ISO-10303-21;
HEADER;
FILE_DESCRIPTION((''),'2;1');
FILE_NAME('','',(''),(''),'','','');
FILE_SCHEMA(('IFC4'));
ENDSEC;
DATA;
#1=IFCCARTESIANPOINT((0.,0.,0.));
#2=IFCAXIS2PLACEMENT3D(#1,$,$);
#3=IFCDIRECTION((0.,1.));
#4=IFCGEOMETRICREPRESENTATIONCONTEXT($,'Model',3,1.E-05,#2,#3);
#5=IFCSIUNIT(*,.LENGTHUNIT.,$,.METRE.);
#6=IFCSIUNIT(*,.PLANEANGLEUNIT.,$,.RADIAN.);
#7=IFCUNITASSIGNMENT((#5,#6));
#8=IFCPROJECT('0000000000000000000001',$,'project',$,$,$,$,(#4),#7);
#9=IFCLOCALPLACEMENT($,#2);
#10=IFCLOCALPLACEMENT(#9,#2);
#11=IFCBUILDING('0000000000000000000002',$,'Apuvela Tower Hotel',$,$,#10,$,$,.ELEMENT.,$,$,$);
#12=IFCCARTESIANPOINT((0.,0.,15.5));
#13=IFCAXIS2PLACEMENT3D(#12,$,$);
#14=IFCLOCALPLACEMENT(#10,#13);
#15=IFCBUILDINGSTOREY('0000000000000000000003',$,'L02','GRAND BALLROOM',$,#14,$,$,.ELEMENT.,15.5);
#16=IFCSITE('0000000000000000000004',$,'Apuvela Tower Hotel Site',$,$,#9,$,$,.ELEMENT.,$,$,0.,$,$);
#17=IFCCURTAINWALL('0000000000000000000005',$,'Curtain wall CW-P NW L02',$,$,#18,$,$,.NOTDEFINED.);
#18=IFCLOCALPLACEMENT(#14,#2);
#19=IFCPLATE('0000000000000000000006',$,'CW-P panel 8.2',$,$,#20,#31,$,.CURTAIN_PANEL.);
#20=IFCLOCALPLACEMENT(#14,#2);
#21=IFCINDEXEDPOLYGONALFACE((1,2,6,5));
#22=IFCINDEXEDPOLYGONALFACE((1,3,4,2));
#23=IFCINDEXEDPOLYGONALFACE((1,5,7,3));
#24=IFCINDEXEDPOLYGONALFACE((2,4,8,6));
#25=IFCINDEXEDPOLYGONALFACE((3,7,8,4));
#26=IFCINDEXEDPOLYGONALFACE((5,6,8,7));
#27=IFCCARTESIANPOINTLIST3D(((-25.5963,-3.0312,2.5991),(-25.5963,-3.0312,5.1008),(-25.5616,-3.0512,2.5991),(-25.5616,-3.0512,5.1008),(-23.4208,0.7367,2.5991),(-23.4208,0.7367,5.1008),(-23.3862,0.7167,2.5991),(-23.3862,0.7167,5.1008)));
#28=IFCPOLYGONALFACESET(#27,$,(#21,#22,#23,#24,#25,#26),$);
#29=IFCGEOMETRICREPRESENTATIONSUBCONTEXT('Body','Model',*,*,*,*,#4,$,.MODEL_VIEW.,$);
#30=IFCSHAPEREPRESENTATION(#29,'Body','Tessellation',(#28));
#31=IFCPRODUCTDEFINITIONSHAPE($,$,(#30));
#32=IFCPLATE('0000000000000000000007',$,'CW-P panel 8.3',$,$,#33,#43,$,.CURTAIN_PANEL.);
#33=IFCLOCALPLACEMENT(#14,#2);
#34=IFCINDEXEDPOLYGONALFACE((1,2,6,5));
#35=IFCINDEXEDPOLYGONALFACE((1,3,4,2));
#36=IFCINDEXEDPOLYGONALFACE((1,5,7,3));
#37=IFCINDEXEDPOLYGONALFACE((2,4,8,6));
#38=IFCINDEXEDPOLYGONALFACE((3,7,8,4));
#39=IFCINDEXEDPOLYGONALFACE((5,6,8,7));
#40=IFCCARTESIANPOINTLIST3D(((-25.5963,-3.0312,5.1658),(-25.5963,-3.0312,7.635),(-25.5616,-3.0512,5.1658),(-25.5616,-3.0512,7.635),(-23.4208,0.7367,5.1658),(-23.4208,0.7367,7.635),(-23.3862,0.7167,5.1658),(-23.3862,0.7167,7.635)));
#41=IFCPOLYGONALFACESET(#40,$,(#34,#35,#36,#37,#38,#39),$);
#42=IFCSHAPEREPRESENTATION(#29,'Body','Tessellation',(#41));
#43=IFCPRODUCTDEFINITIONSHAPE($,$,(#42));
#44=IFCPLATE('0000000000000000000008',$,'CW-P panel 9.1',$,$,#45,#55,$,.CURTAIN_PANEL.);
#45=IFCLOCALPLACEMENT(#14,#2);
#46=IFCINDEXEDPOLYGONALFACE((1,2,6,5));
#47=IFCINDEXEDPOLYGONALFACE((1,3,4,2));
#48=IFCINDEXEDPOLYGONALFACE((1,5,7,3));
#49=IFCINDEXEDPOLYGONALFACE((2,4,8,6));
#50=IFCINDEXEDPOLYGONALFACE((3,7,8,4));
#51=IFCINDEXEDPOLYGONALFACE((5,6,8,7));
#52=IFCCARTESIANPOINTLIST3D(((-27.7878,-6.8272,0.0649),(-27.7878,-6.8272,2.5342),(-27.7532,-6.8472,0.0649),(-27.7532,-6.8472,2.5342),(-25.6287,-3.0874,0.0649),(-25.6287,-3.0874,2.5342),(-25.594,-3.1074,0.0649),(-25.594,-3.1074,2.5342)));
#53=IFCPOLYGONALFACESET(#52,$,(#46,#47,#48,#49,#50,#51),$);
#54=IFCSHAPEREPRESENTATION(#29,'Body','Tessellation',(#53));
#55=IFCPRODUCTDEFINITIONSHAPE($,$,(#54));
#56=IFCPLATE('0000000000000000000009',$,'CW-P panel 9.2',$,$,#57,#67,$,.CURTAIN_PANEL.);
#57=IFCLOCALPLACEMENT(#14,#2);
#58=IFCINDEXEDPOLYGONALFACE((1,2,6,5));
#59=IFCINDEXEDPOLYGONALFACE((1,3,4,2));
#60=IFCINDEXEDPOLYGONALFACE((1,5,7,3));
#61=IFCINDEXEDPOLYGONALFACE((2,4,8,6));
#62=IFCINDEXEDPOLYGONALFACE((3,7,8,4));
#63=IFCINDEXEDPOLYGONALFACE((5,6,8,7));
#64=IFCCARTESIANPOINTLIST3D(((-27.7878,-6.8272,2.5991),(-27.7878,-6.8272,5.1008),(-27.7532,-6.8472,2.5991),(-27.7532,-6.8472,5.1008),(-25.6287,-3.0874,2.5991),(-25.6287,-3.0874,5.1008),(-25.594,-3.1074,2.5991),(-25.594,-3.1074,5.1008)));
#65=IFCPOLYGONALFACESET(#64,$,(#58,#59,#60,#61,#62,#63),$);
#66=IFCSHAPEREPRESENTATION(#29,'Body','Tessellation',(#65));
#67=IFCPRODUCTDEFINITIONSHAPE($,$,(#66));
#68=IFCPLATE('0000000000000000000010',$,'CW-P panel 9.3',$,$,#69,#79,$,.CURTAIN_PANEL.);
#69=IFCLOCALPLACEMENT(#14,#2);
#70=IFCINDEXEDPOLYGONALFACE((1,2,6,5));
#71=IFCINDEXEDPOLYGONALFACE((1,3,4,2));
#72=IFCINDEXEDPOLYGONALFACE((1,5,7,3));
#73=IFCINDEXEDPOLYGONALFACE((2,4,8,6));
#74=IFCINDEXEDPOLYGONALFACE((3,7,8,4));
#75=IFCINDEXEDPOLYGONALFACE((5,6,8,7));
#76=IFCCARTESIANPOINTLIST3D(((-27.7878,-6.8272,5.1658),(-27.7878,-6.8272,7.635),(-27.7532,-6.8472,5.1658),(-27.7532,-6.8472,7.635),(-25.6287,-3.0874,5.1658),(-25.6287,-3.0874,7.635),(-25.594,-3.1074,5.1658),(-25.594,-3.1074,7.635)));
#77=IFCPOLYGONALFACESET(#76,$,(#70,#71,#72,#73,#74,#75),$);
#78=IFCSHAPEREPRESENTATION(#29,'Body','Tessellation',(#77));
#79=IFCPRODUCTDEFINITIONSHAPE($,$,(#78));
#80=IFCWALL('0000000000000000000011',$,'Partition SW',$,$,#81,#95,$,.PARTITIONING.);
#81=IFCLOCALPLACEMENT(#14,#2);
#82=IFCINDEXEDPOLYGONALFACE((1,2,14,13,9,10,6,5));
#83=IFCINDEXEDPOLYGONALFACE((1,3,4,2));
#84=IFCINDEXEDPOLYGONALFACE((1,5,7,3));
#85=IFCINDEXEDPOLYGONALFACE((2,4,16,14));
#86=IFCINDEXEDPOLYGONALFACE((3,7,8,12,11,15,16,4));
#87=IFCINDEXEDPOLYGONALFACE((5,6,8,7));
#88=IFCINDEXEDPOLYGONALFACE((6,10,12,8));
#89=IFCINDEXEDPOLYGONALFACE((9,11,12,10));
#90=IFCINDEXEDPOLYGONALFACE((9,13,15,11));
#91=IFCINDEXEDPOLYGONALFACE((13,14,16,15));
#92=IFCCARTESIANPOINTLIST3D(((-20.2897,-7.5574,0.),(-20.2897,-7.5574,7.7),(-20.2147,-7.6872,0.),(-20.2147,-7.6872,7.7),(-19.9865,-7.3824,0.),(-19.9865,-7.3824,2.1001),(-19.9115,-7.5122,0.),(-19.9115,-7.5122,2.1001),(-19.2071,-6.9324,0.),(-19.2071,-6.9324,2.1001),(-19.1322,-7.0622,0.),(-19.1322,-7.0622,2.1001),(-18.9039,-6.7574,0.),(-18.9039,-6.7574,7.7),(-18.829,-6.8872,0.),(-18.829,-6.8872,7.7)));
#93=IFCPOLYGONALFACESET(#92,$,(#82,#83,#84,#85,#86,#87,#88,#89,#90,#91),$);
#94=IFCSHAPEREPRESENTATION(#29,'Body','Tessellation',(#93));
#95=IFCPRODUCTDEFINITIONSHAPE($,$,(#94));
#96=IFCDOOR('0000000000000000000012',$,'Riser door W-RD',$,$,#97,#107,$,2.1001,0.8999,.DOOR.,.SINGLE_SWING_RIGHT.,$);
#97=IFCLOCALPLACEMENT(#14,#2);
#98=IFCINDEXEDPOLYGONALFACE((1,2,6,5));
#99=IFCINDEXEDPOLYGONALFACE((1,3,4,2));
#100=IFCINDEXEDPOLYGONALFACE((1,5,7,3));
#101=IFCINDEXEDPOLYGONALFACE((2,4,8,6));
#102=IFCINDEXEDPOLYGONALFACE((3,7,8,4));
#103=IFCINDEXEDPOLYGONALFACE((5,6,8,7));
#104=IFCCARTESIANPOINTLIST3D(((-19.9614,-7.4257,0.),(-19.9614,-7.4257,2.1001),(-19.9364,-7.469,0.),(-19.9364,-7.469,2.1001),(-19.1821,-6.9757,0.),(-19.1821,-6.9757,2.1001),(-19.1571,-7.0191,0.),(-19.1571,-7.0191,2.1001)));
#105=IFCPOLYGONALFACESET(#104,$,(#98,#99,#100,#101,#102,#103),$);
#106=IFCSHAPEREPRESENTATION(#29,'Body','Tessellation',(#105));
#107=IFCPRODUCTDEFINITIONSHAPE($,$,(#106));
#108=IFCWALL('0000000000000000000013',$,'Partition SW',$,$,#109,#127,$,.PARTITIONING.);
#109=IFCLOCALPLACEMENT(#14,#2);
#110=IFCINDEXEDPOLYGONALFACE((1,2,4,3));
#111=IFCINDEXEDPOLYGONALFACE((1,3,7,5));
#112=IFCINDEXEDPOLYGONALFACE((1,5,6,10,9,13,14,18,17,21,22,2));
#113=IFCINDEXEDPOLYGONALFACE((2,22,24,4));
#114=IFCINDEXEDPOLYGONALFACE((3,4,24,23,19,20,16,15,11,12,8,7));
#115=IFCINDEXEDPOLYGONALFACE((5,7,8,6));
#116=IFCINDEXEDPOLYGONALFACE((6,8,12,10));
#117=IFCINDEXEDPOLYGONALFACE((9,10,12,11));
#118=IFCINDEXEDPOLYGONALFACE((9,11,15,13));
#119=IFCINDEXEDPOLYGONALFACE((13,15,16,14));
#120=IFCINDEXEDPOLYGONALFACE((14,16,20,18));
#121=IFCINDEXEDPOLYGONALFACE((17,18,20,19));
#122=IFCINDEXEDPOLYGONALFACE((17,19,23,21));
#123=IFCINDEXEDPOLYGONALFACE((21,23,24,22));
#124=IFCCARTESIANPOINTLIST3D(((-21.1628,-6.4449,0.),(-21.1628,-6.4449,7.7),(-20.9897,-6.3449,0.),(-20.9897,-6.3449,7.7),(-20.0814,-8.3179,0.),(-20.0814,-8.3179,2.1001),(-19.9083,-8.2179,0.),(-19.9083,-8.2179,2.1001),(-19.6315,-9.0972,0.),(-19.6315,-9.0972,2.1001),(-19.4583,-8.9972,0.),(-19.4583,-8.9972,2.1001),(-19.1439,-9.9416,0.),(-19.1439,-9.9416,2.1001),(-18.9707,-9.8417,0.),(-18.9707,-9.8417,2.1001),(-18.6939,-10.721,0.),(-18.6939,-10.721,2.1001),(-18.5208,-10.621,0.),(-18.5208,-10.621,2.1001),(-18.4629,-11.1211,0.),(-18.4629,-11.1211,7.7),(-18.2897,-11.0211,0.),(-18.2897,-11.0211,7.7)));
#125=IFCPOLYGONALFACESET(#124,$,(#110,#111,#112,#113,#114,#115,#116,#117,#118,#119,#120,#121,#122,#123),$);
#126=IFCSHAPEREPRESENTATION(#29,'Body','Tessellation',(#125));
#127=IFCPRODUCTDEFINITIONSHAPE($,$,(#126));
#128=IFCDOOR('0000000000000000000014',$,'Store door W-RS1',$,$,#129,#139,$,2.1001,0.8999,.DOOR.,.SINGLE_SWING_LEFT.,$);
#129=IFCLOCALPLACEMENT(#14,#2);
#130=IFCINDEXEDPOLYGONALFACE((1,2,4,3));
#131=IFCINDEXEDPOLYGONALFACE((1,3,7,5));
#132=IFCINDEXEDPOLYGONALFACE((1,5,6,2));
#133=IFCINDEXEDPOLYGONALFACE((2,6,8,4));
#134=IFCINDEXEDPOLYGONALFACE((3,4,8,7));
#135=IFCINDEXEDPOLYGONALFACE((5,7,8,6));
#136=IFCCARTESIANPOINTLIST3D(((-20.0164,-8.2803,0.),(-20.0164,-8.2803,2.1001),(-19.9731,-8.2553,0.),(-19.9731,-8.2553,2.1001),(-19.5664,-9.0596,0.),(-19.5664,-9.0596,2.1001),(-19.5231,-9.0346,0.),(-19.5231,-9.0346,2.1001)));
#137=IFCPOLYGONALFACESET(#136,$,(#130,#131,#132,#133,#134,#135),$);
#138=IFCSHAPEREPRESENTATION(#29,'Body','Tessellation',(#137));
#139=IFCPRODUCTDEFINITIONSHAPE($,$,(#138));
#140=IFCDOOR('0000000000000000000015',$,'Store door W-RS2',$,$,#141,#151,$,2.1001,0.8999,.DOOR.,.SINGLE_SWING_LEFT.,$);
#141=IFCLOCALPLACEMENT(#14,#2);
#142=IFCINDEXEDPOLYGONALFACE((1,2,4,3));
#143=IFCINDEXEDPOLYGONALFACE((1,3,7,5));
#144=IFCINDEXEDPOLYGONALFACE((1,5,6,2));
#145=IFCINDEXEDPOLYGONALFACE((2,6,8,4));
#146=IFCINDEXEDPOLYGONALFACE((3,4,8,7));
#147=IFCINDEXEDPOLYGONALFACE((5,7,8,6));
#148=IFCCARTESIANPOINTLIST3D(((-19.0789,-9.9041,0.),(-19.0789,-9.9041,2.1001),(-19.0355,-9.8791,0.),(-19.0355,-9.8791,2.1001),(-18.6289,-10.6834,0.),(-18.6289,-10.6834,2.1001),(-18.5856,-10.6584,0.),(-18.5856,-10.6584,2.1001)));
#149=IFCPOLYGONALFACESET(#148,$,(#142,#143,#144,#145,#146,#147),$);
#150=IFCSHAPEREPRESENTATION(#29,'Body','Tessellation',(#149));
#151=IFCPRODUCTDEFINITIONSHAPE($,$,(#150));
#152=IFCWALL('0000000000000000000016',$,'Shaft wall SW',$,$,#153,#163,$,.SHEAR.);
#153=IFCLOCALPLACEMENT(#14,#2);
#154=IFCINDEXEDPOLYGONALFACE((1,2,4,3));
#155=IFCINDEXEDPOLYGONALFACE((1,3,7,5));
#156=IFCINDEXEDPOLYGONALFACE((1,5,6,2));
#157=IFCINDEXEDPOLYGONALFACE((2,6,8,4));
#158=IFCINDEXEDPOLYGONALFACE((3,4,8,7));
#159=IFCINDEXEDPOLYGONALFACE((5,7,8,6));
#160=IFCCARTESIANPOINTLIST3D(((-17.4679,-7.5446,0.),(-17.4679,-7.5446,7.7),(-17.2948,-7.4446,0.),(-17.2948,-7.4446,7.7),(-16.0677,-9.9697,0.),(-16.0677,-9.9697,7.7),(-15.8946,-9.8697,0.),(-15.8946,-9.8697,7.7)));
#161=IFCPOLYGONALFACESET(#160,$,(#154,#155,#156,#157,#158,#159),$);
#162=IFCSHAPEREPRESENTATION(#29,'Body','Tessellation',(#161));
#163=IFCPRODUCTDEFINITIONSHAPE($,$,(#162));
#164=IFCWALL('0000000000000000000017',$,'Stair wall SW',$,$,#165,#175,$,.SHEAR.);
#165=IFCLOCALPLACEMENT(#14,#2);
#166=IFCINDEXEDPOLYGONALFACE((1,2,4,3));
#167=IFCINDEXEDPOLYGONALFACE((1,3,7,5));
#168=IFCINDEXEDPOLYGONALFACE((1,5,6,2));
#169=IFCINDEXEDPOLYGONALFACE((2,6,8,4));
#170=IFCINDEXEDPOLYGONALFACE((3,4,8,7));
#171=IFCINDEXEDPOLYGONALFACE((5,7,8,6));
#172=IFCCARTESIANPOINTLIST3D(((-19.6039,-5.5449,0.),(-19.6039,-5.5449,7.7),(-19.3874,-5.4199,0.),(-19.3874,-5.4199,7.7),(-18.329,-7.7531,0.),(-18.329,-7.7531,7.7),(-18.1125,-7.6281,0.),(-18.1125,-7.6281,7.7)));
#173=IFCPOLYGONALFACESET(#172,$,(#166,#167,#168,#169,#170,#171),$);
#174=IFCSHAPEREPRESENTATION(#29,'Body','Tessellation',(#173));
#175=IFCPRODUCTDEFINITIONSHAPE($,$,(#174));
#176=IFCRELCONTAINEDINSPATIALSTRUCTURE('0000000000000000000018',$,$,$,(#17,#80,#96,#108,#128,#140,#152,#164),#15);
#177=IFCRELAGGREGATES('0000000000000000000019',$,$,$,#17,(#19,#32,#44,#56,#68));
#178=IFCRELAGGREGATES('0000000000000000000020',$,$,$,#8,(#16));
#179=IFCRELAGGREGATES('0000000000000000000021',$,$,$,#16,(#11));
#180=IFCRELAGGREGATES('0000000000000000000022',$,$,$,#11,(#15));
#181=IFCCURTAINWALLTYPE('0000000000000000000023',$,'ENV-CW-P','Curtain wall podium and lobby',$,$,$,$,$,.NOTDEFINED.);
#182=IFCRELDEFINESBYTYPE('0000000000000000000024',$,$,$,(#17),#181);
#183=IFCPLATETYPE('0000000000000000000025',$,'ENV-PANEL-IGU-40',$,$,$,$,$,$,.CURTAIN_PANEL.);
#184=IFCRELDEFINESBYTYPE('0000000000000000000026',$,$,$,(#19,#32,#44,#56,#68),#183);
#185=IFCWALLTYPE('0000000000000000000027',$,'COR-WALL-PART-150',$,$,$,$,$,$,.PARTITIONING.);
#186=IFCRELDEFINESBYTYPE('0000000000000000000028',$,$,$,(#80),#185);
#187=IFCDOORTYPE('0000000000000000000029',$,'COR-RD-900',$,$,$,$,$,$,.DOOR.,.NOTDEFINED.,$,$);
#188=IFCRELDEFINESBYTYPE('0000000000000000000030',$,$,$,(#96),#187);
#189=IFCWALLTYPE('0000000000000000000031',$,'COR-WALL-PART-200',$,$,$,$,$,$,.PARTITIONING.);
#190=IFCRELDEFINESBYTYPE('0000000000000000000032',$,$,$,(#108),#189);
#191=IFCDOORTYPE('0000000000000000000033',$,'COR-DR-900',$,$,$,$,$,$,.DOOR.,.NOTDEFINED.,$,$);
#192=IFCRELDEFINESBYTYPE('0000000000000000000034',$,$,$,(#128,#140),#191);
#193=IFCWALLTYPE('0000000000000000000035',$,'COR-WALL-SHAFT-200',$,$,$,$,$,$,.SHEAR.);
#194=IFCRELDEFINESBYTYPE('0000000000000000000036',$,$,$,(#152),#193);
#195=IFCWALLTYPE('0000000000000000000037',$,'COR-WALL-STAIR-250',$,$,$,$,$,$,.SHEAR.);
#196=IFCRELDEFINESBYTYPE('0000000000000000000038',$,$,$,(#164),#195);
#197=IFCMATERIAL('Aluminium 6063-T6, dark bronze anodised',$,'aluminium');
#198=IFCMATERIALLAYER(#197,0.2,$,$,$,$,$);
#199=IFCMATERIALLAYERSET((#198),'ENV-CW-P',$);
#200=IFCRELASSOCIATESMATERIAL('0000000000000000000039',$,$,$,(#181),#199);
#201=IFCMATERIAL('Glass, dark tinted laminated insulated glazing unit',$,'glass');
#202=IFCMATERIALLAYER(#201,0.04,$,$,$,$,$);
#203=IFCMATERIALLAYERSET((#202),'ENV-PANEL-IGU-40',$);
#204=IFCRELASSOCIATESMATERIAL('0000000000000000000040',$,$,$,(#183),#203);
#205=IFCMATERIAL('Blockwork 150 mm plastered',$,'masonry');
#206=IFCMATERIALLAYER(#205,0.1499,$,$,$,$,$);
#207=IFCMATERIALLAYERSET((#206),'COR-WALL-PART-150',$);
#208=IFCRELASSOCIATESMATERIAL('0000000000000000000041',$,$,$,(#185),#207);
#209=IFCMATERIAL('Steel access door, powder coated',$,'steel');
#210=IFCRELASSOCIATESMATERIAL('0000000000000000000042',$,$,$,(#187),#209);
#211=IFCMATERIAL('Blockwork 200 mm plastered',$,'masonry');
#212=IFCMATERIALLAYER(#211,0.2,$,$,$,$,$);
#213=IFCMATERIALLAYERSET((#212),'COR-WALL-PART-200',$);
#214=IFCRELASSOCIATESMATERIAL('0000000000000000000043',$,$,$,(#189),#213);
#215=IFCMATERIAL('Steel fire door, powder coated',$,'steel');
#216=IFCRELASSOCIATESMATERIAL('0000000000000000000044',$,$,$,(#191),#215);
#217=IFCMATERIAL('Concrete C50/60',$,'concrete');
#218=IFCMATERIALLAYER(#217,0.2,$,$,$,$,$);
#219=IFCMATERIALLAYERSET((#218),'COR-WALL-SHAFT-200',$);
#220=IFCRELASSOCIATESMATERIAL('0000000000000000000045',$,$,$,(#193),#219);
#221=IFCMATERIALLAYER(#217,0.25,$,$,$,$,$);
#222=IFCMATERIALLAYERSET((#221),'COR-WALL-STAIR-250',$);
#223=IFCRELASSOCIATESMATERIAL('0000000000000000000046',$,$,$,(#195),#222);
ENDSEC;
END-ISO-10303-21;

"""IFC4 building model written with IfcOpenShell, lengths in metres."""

from ifc_helpers import new_model, si_unit, direction, frame, frame_2d, origin, origin_2d, place, context, subcontext, project, spatial, rectangle, extrude, material, layer, layer_set, type_object, element, fill, aggregate, save


model = new_model("IFC4")

# Units and contexts
model_context = context("Model", 3, precision=1e-05, world=origin(), true_north=direction((0.0, 1.0)))
body_context = subcontext(model_context, "Body", "Model", "MODEL_VIEW")
ifc_project = project(units=[si_unit("LENGTHUNIT", "METRE"), si_unit("PLANEANGLEUNIT", "RADIAN")], contexts=[model_context])

# Site, building, storey
site_placement = place(None, origin())
site = spatial("IfcSite", under=ifc_project, at=site_placement, Name="Apuvela Tower Hotel Site", CompositionType="ELEMENT", RefElevation=0.0)
building_placement = place(site_placement, origin())
building = spatial("IfcBuilding", under=site, at=building_placement, Name="Apuvela Tower Hotel", CompositionType="ELEMENT")
storey_placement = place(building_placement, frame((0.0, 0.0, 15.5)))
storey = spatial("IfcBuildingStorey", under=building, at=storey_placement, Name="L02", Description="GRAND BALLROOM", CompositionType="ELEMENT", Elevation=15.5)

# Curtain wall
ifc_material_1 = material(Name="Aluminium 6063-T6, dark bronze anodised", Category="aluminium")
ifc_layer_1 = layer(ifc_material_1, 0.2)
ifc_layer_set_1 = layer_set([ifc_layer_1], Name="ENV-CW-P")
curtain_wall_type = type_object("IfcCurtainWallType", Name="ENV-CW-P", Description="Curtain wall podium and lobby", PredefinedType="NOTDEFINED", material=ifc_layer_set_1)
curtain_wall_placement = place(storey_placement, origin())
curtain_wall = element("IfcCurtainWall", 1, at=curtain_wall_placement, inside=storey, type_object=curtain_wall_type, Name="Curtain wall CW-P NW L02", PredefinedType="NOTDEFINED")

# Plates
ifc_material_2 = material(Name="Glass, dark tinted laminated insulated glazing unit", Category="glass")
ifc_layer_2 = layer(ifc_material_2, 0.04)
ifc_layer_set_2 = layer_set([ifc_layer_2], Name="ENV-PANEL-IGU-40")
plate_type = type_object("IfcPlateType", Name="ENV-PANEL-IGU-40", PredefinedType="CURTAIN_PANEL", material=ifc_layer_set_2)
plate_1_placement = place(storey_placement, frame((-24.4912, -1.1572, 2.5991), z_axis=(0.0, 0.0, 1.0), x_axis=(-0.500001, -0.866025, 0.0)))
plate_1 = element("IfcPlate", 2, at=plate_1_placement, type_object=plate_type, Name="CW-P panel 8.2", PredefinedType="CURTAIN_PANEL", context=body_context, shape_type="SweptSolid", body=[
    extrude(rectangle(XDim=4.3508, YDim=0.04, at=origin_2d()), origin(), (0.0, 0.0, 1.0), 2.5017),
])
plate_2_placement = place(storey_placement, frame((-24.4912, -1.1572, 5.1658), z_axis=(0.0, 0.0, 1.0), x_axis=(-0.500001, -0.866025, 0.0)))
plate_2 = element("IfcPlate", 3, at=plate_2_placement, type_object=plate_type, Name="CW-P panel 8.3", PredefinedType="CURTAIN_PANEL", context=body_context, shape_type="SweptSolid", body=[
    extrude(rectangle(XDim=4.3508, YDim=0.04, at=origin_2d()), origin(), (0.0, 0.0, 1.0), 2.4692),
])
plate_3_placement = place(storey_placement, frame((-26.6909, -4.9673, 0.0649), z_axis=(0.0, 0.0, 1.0), x_axis=(-0.500001, -0.866025, 0.0)))
plate_3 = element("IfcPlate", 4, at=plate_3_placement, type_object=plate_type, Name="CW-P panel 9.1", PredefinedType="CURTAIN_PANEL", context=body_context, shape_type="SweptSolid", body=[
    extrude(rectangle(XDim=4.3184, YDim=0.04, at=origin_2d()), origin(), (0.0, 0.0, 1.0), 2.4692),
])
plate_4_placement = place(storey_placement, frame((-26.6909, -4.9673, 2.5991), z_axis=(0.0, 0.0, 1.0), x_axis=(-0.500001, -0.866025, 0.0)))
plate_4 = element("IfcPlate", 5, at=plate_4_placement, type_object=plate_type, Name="CW-P panel 9.2", PredefinedType="CURTAIN_PANEL", context=body_context, shape_type="SweptSolid", body=[
    extrude(rectangle(XDim=4.3184, YDim=0.04, at=origin_2d()), origin(), (0.0, 0.0, 1.0), 2.5017),
])
plate_5_placement = place(storey_placement, frame((-26.6909, -4.9673, 5.1658), z_axis=(0.0, 0.0, 1.0), x_axis=(-0.500001, -0.866025, 0.0)))
plate_5 = element("IfcPlate", 6, at=plate_5_placement, type_object=plate_type, Name="CW-P panel 9.3", PredefinedType="CURTAIN_PANEL", context=body_context, shape_type="SweptSolid", body=[
    extrude(rectangle(XDim=4.3184, YDim=0.04, at=origin_2d()), origin(), (0.0, 0.0, 1.0), 2.4692),
])
aggregate(curtain_wall, [plate_1, plate_2, plate_3, plate_4, plate_5])

# Wall, opening, door
ifc_material_3 = material(Name="Blockwork 150 mm plastered", Category="masonry")
ifc_layer_3 = layer(ifc_material_3, 0.1499)
ifc_layer_set_3 = layer_set([ifc_layer_3], Name="COR-WALL-PART-150")
wall_type_1 = type_object("IfcWallType", Name="COR-WALL-PART-150", PredefinedType="PARTITIONING", material=ifc_layer_set_3)
wall_1_placement = place(storey_placement, frame((-18.8665, -6.8223, 0.0), z_axis=(0.0, 0.0, 1.0), x_axis=(-0.866028, -0.499995, 0.0)))
wall_1 = element("IfcWall", 7, at=wall_1_placement, inside=storey, type_object=wall_type_1, Name="Partition SW", PredefinedType="PARTITIONING", context=body_context, shape_type="SweptSolid", body=[
    extrude(rectangle(XDim=1.6001, YDim=0.1499, at=frame_2d((0.8, 0.0))), origin(), (0.0, 0.0, 1.0), 7.7),
])
opening_1_placement = place(wall_1_placement, frame((0.3501, 0.0, 0.0)))
opening_1 = element("IfcOpeningElement", 8, at=opening_1_placement, cuts=wall_1, PredefinedType="OPENING", context=body_context, shape_type="SweptSolid", body=[
    extrude(rectangle(XDim=0.8999, YDim=2.1001, at=frame_2d((0.45, 1.05))), frame((0.0, 0.085, 0.0), z_axis=(0.0, -1.0, 0.0), x_axis=(1.0, 0.0, 0.0)), (0.0, 0.0, 1.0), 0.1699),
])
ifc_material_4 = material(Name="Steel access door, powder coated", Category="steel")
door_type_1 = type_object("IfcDoorType", Name="COR-RD-900", OperationType="NOTDEFINED", PredefinedType="DOOR", material=ifc_material_4)
door_1_placement = place(opening_1_placement, frame((0.8999, 0.0, 0.0), z_axis=(0.0, 0.0, 1.0), x_axis=(-1.0, 0.0, 0.0)))
door_1 = element("IfcDoor", 9, at=door_1_placement, inside=storey, type_object=door_type_1, Name="Riser door W-RD", OperationType="SINGLE_SWING_RIGHT", OverallHeight=2.1001, OverallWidth=0.8999, PredefinedType="DOOR", context=body_context, shape_type="SweptSolid", body=[
    extrude(rectangle(XDim=0.8999, YDim=2.1001, at=frame_2d((0.45, 1.05))), frame((0.0, 0.0249, 0.0), z_axis=(0.0, -1.0, 0.0), x_axis=(1.0, 0.0, 0.0)), (0.0, 0.0, 1.0), 0.05),
])
fill(opening_1, door_1)

# Wall, openings, doors
ifc_material_5 = material(Name="Blockwork 200 mm plastered", Category="masonry")
ifc_layer_4 = layer(ifc_material_5, 0.2)
ifc_layer_set_4 = layer_set([ifc_layer_4], Name="COR-WALL-PART-200")
wall_type_2 = type_object("IfcWallType", Name="COR-WALL-PART-200", PredefinedType="PARTITIONING", material=ifc_layer_set_4)
wall_2_placement = place(storey_placement, frame((-21.0762, -6.395, 0.0), z_axis=(0.0, 0.0, 1.0), x_axis=(0.500015, -0.866017, 0.0)))
wall_2 = element("IfcWall", 10, at=wall_2_placement, inside=storey, type_object=wall_type_2, Name="Partition SW", PredefinedType="PARTITIONING", context=body_context, shape_type="SweptSolid", body=[
    extrude(rectangle(XDim=5.3997, YDim=0.2, at=frame_2d((2.6997, 0.0))), origin(), (0.0, 0.0, 1.0), 7.7),
])
opening_2_placement = place(wall_2_placement, frame((2.1626, 0.0, 0.0)))
opening_2 = element("IfcOpeningElement", 11, at=opening_2_placement, cuts=wall_2, PredefinedType="OPENING", context=body_context, shape_type="SweptSolid", body=[
    extrude(rectangle(XDim=0.8999, YDim=2.1001, at=frame_2d((0.45, 1.05))), frame((0.0, 0.1099, 0.0), z_axis=(0.0, -1.0, 0.0), x_axis=(1.0, 0.0, 0.0)), (0.0, 0.0, 1.0), 0.22),
])
opening_3_placement = place(wall_2_placement, frame((4.0376, 0.0, 0.0)))
opening_3 = element("IfcOpeningElement", 12, at=opening_3_placement, cuts=wall_2, PredefinedType="OPENING", context=body_context, shape_type="SweptSolid", body=[
    extrude(rectangle(XDim=0.8999, YDim=2.1001, at=frame_2d((0.45, 1.05))), frame((0.0, 0.1099, 0.0), z_axis=(0.0, -1.0, 0.0), x_axis=(1.0, 0.0, 0.0)), (0.0, 0.0, 1.0), 0.22),
])
ifc_material_6 = material(Name="Steel fire door, powder coated", Category="steel")
door_type_2 = type_object("IfcDoorType", Name="COR-DR-900", OperationType="NOTDEFINED", PredefinedType="DOOR", material=ifc_material_6)
door_2_placement = place(opening_2_placement, frame((0.8999, 0.0, 0.0), z_axis=(0.0, 0.0, 1.0), x_axis=(-1.0, 0.0, 0.0)))
door_2 = element("IfcDoor", 13, at=door_2_placement, inside=storey, type_object=door_type_2, Name="Store door W-RS1", OperationType="SINGLE_SWING_LEFT", OverallHeight=2.1001, OverallWidth=0.8999, PredefinedType="DOOR", context=body_context, shape_type="SweptSolid", body=[
    extrude(rectangle(XDim=0.8999, YDim=2.1001, at=frame_2d((0.45, 1.05))), frame((0.0, 0.0249, 0.0), z_axis=(0.0, -1.0, 0.0), x_axis=(1.0, 0.0, 0.0)), (0.0, 0.0, 1.0), 0.05),
])
fill(opening_2, door_2)
door_3_placement = place(opening_3_placement, frame((0.8999, 0.0, 0.0), z_axis=(0.0, 0.0, 1.0), x_axis=(-1.0, 0.0, 0.0)))
door_3 = element("IfcDoor", 14, at=door_3_placement, inside=storey, type_object=door_type_2, Name="Store door W-RS2", OperationType="SINGLE_SWING_LEFT", OverallHeight=2.1001, OverallWidth=0.8999, PredefinedType="DOOR", context=body_context, shape_type="SweptSolid", body=[
    extrude(rectangle(XDim=0.8999, YDim=2.1001, at=frame_2d((0.45, 1.05))), frame((0.0, 0.0249, 0.0), z_axis=(0.0, -1.0, 0.0), x_axis=(1.0, 0.0, 0.0)), (0.0, 0.0, 1.0), 0.05),
])
fill(opening_3, door_3)

# Walls
ifc_material_7 = material(Name="Concrete C50/60", Category="concrete")
ifc_layer_5 = layer(ifc_material_7, 0.2)
ifc_layer_set_5 = layer_set([ifc_layer_5], Name="COR-WALL-SHAFT-200")
wall_type_3 = type_object("IfcWallType", Name="COR-WALL-SHAFT-200", PredefinedType="SHEAR", material=ifc_layer_set_5)
wall_3_placement = place(storey_placement, frame((-17.3813, -7.4946, 0.0), z_axis=(0.0, 0.0, 1.0), x_axis=(0.500012, -0.866019, 0.0)))
element("IfcWall", 15, at=wall_3_placement, inside=storey, type_object=wall_type_3, Name="Shaft wall SW", PredefinedType="SHEAR", context=body_context, shape_type="SweptSolid", body=[
    extrude(rectangle(XDim=2.8003, YDim=0.2, at=frame_2d((1.4001, 0.0))), origin(), (0.0, 0.0, 1.0), 7.7),
])
ifc_layer_6 = layer(ifc_material_7, 0.25)
ifc_layer_set_6 = layer_set([ifc_layer_6], Name="COR-WALL-STAIR-250")
wall_type_4 = type_object("IfcWallType", Name="COR-WALL-STAIR-250", PredefinedType="SHEAR", material=ifc_layer_set_6)
wall_4_placement = place(storey_placement, frame((-19.4956, -5.4824, 0.0), z_axis=(0.0, 0.0, 1.0), x_axis=(0.49999, -0.866031, 0.0)))
element("IfcWall", 16, at=wall_4_placement, inside=storey, type_object=wall_type_4, Name="Stair wall SW", PredefinedType="SHEAR", context=body_context, shape_type="SweptSolid", body=[
    extrude(rectangle(XDim=2.5498, YDim=0.25, at=frame_2d((1.2749, 0.0))), origin(), (0.0, 0.0, 1.0), 7.7),
])

save(model, "model.ifc")
